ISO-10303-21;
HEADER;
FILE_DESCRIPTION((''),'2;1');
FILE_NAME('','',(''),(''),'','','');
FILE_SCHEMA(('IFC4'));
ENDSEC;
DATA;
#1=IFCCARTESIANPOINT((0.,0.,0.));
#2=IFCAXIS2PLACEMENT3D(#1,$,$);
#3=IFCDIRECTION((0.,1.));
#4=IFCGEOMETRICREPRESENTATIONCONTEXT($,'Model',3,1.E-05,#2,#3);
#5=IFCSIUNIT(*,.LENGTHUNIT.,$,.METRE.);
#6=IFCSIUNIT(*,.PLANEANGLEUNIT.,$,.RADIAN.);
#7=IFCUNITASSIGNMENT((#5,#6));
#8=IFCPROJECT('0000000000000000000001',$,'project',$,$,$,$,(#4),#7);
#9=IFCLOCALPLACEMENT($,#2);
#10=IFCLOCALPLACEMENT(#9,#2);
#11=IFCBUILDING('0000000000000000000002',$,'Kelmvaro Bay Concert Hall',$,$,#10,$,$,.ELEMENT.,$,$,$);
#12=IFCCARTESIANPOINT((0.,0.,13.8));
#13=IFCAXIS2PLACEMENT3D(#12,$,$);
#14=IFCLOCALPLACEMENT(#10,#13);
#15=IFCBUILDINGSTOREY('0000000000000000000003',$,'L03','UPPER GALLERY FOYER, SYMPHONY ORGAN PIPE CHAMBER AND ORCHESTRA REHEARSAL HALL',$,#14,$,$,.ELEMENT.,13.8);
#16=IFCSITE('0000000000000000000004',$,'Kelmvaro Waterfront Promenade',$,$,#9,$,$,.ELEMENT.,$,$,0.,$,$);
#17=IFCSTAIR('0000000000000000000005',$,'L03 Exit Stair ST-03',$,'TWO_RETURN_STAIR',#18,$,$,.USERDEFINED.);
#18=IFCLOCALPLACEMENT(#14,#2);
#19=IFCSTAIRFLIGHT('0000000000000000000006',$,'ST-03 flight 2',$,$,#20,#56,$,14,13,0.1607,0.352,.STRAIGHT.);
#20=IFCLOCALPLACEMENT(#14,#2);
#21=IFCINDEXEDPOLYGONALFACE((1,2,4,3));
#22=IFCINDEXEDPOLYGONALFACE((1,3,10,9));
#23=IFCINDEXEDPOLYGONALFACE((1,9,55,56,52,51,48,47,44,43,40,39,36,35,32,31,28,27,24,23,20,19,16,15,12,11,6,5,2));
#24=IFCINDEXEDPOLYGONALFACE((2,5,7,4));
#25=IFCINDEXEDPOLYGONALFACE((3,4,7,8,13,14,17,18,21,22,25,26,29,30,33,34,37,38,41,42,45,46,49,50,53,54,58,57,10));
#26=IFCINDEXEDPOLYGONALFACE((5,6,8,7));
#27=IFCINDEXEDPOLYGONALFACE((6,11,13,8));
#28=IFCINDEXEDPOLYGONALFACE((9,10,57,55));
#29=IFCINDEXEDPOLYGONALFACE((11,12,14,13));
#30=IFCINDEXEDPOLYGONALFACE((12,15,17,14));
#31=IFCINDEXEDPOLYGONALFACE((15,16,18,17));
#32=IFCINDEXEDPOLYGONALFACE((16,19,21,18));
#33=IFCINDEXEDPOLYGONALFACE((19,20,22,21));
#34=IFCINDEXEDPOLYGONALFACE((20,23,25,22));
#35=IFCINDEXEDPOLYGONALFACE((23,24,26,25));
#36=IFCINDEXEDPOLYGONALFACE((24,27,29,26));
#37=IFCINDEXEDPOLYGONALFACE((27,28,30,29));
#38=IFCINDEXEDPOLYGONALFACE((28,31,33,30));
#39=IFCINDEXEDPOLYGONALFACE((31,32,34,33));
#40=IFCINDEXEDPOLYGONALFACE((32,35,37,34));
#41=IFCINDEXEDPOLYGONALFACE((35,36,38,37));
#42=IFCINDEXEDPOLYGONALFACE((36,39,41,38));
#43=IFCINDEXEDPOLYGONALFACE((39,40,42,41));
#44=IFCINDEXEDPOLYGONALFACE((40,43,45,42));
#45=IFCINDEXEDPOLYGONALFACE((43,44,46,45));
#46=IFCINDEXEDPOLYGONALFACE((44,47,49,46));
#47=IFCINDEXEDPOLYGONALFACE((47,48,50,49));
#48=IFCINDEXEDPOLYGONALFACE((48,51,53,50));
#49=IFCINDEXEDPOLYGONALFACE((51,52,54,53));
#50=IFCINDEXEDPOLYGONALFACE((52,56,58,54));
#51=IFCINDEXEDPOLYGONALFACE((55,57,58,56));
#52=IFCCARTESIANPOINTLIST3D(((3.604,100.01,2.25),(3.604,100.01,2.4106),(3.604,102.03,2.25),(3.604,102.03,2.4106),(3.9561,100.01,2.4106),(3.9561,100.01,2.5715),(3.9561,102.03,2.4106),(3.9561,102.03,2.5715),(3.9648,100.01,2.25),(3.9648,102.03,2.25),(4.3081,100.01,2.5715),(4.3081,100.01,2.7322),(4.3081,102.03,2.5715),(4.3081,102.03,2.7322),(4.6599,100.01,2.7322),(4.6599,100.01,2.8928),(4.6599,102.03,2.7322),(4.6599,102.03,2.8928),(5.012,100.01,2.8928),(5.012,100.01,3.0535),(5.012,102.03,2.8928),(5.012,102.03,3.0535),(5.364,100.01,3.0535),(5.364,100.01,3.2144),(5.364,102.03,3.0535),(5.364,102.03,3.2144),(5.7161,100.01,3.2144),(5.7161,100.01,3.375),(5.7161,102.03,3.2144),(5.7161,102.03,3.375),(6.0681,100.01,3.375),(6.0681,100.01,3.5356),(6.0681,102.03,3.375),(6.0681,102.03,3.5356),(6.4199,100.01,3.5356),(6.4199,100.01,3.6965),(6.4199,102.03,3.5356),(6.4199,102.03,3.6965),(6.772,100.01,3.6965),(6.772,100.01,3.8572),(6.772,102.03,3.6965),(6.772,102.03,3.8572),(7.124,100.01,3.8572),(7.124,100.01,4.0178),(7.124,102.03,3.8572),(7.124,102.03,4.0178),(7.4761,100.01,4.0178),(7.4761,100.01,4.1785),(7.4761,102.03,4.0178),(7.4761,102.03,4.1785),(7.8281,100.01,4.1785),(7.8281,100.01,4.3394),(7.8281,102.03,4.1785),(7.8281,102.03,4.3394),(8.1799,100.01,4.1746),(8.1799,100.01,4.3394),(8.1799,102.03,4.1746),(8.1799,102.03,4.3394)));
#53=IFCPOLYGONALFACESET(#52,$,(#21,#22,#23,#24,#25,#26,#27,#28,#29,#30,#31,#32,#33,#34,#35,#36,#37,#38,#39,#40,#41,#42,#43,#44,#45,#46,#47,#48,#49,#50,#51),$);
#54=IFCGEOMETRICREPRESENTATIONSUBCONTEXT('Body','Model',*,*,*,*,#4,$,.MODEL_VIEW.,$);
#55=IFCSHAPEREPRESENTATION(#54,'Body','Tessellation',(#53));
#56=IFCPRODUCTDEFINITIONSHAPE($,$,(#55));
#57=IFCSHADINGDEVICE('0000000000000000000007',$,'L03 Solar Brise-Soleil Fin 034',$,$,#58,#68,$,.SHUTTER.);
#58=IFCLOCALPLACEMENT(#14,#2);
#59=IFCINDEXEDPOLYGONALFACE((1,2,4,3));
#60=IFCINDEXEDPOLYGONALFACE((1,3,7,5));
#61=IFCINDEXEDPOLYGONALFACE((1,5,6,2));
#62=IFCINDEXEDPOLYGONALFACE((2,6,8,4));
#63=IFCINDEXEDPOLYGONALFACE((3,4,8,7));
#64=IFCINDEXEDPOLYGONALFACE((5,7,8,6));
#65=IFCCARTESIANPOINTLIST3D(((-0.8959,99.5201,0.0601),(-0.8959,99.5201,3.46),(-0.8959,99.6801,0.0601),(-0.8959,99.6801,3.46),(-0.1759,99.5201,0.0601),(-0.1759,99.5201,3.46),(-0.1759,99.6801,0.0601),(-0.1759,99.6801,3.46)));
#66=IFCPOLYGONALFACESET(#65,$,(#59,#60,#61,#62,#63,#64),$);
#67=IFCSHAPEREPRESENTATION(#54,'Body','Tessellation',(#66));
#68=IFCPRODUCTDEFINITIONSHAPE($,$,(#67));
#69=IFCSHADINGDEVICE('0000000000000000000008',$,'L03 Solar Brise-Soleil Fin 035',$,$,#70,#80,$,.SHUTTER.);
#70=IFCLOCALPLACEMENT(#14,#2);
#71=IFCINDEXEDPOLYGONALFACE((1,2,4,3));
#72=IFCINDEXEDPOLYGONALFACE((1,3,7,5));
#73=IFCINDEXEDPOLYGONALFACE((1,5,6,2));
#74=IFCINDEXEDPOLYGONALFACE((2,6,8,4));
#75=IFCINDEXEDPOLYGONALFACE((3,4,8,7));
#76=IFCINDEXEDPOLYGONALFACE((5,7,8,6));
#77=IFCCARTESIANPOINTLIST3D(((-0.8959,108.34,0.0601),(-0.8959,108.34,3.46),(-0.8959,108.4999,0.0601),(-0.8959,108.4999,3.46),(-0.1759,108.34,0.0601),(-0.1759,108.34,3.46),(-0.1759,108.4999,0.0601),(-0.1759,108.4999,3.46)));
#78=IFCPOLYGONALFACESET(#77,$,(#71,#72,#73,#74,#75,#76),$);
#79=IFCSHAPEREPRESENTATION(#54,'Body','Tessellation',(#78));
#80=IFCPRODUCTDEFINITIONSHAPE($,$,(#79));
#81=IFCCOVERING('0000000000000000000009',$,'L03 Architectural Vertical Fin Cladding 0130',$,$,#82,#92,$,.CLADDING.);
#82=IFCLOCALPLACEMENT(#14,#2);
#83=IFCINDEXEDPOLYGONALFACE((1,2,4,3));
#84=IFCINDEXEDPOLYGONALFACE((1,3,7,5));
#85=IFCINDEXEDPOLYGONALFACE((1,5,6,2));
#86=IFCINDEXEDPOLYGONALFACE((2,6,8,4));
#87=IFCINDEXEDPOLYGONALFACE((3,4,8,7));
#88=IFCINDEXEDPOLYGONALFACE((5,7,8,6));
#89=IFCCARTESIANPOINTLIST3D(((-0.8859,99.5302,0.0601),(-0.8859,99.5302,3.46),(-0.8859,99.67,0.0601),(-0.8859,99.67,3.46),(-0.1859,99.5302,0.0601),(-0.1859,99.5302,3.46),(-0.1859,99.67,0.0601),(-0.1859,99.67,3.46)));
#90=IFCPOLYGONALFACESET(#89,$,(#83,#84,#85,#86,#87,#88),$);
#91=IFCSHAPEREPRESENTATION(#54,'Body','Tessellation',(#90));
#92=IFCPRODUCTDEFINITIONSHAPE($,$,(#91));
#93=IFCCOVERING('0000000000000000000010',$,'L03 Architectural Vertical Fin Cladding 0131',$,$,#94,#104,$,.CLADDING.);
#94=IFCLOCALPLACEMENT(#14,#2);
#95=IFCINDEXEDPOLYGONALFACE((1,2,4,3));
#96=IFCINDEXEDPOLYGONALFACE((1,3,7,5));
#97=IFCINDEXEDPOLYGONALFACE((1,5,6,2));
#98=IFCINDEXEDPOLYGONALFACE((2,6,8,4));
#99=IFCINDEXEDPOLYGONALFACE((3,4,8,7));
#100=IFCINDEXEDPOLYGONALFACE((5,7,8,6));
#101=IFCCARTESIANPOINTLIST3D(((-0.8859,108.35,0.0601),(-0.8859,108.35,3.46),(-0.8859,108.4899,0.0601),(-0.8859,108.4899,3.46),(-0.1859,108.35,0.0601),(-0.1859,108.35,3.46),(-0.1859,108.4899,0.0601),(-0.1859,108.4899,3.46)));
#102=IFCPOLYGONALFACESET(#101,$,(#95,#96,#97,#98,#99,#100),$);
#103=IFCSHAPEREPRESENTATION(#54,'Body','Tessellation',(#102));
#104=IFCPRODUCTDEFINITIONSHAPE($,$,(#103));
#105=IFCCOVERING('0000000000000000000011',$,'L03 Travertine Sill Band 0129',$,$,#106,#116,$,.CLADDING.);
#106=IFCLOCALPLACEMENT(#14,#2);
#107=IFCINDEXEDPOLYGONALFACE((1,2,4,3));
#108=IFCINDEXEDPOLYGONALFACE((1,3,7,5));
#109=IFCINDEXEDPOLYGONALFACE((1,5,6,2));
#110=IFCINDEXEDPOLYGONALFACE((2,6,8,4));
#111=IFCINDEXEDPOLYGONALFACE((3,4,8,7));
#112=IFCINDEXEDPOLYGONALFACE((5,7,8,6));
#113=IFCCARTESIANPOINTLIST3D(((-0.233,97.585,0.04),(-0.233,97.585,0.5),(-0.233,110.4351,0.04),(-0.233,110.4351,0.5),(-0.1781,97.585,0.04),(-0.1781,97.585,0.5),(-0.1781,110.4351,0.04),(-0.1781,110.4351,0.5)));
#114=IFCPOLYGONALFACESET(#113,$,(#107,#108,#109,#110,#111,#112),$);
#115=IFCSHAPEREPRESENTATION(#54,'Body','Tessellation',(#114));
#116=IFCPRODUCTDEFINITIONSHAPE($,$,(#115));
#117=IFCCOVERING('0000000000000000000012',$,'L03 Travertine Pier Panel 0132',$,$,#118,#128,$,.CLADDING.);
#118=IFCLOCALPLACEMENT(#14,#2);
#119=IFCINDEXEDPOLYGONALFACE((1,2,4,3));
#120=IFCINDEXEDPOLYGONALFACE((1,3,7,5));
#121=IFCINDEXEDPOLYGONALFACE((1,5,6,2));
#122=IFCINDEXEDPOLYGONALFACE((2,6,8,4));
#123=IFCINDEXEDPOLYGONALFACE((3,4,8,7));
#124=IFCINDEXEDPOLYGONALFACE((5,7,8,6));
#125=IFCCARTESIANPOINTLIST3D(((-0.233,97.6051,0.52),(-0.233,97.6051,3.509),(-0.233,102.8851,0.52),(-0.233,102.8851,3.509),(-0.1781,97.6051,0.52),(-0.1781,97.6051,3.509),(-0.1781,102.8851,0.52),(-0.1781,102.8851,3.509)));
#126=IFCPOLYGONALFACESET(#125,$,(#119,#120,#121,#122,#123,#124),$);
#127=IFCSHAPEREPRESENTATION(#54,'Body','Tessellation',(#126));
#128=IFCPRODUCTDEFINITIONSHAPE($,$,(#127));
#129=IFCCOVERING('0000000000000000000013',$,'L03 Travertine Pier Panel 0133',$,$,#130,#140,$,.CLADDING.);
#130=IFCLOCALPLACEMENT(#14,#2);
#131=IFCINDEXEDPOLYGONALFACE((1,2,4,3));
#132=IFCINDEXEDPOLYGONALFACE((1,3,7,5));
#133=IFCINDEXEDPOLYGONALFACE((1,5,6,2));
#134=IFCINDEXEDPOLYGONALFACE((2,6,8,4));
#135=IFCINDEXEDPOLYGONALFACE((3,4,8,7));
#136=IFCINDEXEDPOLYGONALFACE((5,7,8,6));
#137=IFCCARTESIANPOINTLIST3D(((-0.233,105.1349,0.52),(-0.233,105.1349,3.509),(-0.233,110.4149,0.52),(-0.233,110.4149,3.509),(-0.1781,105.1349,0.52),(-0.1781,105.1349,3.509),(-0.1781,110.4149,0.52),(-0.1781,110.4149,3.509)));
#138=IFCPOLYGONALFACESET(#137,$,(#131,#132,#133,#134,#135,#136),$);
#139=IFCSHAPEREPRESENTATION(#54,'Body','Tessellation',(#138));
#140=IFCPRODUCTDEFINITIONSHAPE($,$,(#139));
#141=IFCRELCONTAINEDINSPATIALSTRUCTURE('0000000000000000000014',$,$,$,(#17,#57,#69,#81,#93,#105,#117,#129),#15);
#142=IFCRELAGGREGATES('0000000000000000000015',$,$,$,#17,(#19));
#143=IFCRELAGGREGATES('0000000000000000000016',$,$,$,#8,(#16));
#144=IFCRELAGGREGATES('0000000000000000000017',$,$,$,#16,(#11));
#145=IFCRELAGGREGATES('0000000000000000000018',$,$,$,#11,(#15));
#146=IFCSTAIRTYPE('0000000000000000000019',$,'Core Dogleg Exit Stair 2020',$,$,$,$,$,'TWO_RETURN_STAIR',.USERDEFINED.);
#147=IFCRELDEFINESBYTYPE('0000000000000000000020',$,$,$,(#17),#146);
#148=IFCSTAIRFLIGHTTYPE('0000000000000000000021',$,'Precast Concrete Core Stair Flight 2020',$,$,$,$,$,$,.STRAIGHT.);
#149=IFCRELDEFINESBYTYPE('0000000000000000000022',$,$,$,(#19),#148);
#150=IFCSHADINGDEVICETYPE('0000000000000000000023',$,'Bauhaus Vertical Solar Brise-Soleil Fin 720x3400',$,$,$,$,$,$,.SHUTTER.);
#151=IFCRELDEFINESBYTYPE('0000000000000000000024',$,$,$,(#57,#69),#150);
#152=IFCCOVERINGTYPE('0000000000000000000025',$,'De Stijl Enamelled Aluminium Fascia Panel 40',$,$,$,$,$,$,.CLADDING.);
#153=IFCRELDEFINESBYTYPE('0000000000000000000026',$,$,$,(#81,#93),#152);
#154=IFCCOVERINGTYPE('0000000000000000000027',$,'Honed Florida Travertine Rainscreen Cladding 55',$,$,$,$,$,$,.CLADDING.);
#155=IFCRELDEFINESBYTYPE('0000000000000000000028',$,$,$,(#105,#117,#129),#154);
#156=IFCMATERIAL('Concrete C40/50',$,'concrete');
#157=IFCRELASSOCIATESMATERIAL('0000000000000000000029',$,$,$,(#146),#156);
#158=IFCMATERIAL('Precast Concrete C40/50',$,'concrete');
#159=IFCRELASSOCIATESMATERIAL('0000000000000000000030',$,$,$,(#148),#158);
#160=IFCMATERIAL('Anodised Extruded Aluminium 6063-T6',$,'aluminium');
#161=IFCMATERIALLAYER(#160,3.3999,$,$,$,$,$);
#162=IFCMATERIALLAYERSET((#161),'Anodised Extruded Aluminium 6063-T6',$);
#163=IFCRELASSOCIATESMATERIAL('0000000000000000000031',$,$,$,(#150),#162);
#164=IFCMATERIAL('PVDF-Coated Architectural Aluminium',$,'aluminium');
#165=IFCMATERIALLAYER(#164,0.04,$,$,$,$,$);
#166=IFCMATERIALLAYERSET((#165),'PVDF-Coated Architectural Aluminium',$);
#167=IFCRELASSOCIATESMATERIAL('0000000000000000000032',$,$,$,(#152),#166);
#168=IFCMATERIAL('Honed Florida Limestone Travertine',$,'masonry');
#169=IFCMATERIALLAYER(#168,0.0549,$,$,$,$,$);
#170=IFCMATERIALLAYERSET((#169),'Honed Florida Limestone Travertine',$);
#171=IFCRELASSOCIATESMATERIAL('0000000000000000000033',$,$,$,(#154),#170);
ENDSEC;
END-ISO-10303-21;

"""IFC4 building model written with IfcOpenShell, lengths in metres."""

from ifc_helpers import new_model, si_unit, direction, frame, origin, origin_2d, place, context, subcontext, project, spatial, polyline, rectangle, outline, extrude, material, layer, layer_set, type_object, element, aggregate, save


model = new_model("IFC4")

# Units and contexts
model_context = context("Model", 3, precision=1e-05, world=origin(), true_north=direction((0.0, 1.0)))
body_context = subcontext(model_context, "Body", "Model", "MODEL_VIEW")
ifc_project = project(units=[si_unit("LENGTHUNIT", "METRE"), si_unit("PLANEANGLEUNIT", "RADIAN")], contexts=[model_context])

# Site, building, storey
site_placement = place(None, origin())
site = spatial("IfcSite", under=ifc_project, at=site_placement, Name="Kelmvaro Waterfront Promenade", CompositionType="ELEMENT", RefElevation=0.0)
building_placement = place(site_placement, origin())
building = spatial("IfcBuilding", under=site, at=building_placement, Name="Kelmvaro Bay Concert Hall", CompositionType="ELEMENT")
storey_placement = place(building_placement, frame((0.0, 0.0, 13.8)))
storey = spatial("IfcBuildingStorey", under=building, at=storey_placement, Name="L03", Description="UPPER GALLERY FOYER, SYMPHONY ORGAN PIPE CHAMBER AND ORCHESTRA REHEARSAL HALL", CompositionType="ELEMENT", Elevation=13.8)

# Stair, stair flight
ifc_material_1 = material(Name="Concrete C40/50", Category="concrete")
stair_type = type_object("IfcStairType", Name="Core Dogleg Exit Stair 2020", ElementType="TWO_RETURN_STAIR", PredefinedType="USERDEFINED", material=ifc_material_1)
stair_placement = place(storey_placement, origin())
stair = element("IfcStair", 1, at=stair_placement, inside=storey, type_object=stair_type, Name="L03 Exit Stair ST-03", ObjectType="TWO_RETURN_STAIR", PredefinedType="USERDEFINED")
ifc_material_2 = material(Name="Precast Concrete C40/50", Category="concrete")
stair_flight_type = type_object("IfcStairFlightType", Name="Precast Concrete Core Stair Flight 2020", PredefinedType="STRAIGHT", material=ifc_material_2)
stair_flight_1_placement = place(storey_placement, frame((3.604, 101.02, 2.25), z_axis=(0.0, 0.0, 1.0), x_axis=(1.0, 0.0, 0.0)))
stair_flight_1 = element("IfcStairFlight", 2, at=stair_flight_1_placement, type_object=stair_flight_type, Name="ST-03 flight 2", NumberOfRisers=14, NumberOfTreads=13, PredefinedType="STRAIGHT", RiserHeight=0.1607, TreadLength=0.352, context=body_context, shape_type="SweptSolid", body=[
    extrude(outline(polyline([(0.0, 0.0), (0.0, 0.1606), (0.3521, 0.1606), (0.3521, 0.3215), (0.7041, 0.3215), (0.7041, 0.4822), (1.0559, 0.4822), (1.0559, 0.6428), (1.408, 0.6428), (1.408, 0.8035), (1.76, 0.8035), (1.76, 0.9644), (2.1121, 0.9644), (2.1121, 1.125), (2.4641, 1.125), (2.4641, 1.2856), (2.8159, 1.2856), (2.8159, 1.4465), (3.168, 1.4465), (3.168, 1.6072), (3.52, 1.6072), (3.52, 1.7678), (3.8721, 1.7678), (3.8721, 1.9285), (4.2241, 1.9285), (4.2241, 2.0894), (4.5759, 2.0894), (4.5759, 2.25), (4.5759, 1.9246), (0.3608, 0.0), (0.0, 0.0)])), frame((0.0, 1.01, 0.0), z_axis=(0.0, -1.0, 0.0), x_axis=(1.0, 0.0, 0.0)), (0.0, 0.0, 1.0), 2.02),
])
aggregate(stair, [stair_flight_1])

# Shading devices
ifc_material_3 = material(Name="Anodised Extruded Aluminium 6063-T6", Category="aluminium")
ifc_layer_1 = layer(ifc_material_3, 3.3999)
ifc_layer_set_1 = layer_set([ifc_layer_1], Name="Anodised Extruded Aluminium 6063-T6")
shading_device_type = type_object("IfcShadingDeviceType", Name="Bauhaus Vertical Solar Brise-Soleil Fin 720x3400", PredefinedType="SHUTTER", material=ifc_layer_set_1)
for number, where, z_axis, x_axis, name in (
    (3, (-0.5359, 99.6001, 0.0601), (0.0, 0.0, 1.0), (0.0, 1.0, 0.0), "L03 Solar Brise-Soleil Fin 034"),
    (4, (-0.5359, 108.4199, 0.0601), (0.0, 0.0, 1.0), (0.0, 1.0, 0.0), "L03 Solar Brise-Soleil Fin 035"),
):
    element("IfcShadingDevice", number, at=place(storey_placement, frame(where, z_axis=z_axis, x_axis=x_axis)), inside=storey, type_object=shading_device_type, Name=name, PredefinedType="SHUTTER", context=body_context, shape_type="SweptSolid", body=[
        extrude(rectangle(XDim=0.1599, YDim=0.72, at=origin_2d()), origin(), (0.0, 0.0, 1.0), 3.3999),
    ])

# Coverings
ifc_material_4 = material(Name="PVDF-Coated Architectural Aluminium", Category="aluminium")
ifc_layer_2 = layer(ifc_material_4, 0.04)
ifc_layer_set_2 = layer_set([ifc_layer_2], Name="PVDF-Coated Architectural Aluminium")
covering_type_1 = type_object("IfcCoveringType", Name="De Stijl Enamelled Aluminium Fascia Panel 40", PredefinedType="CLADDING", material=ifc_layer_set_2)
for number, where, z_axis, x_axis, name in (
    (5, (-0.5359, 99.6001, 0.0601), (0.0, 0.0, 1.0), (0.0, 1.0, 0.0), "L03 Architectural Vertical Fin Cladding 0130"),
    (6, (-0.5359, 108.4199, 0.0601), (0.0, 0.0, 1.0), (0.0, 1.0, 0.0), "L03 Architectural Vertical Fin Cladding 0131"),
):
    element("IfcCovering", number, at=place(storey_placement, frame(where, z_axis=z_axis, x_axis=x_axis)), inside=storey, type_object=covering_type_1, Name=name, PredefinedType="CLADDING", context=body_context, shape_type="SweptSolid", body=[
        extrude(rectangle(XDim=0.1399, YDim=0.7, at=origin_2d()), origin(), (0.0, 0.0, 1.0), 3.3999),
    ])
ifc_material_5 = material(Name="Honed Florida Limestone Travertine", Category="masonry")
ifc_layer_3 = layer(ifc_material_5, 0.0549)
ifc_layer_set_3 = layer_set([ifc_layer_3], Name="Honed Florida Limestone Travertine")
covering_type_2 = type_object("IfcCoveringType", Name="Honed Florida Travertine Rainscreen Cladding 55", PredefinedType="CLADDING", material=ifc_layer_set_3)
covering_placement = place(storey_placement, frame((-0.2056, 104.01, 0.04), z_axis=(0.0, 0.0, 1.0), x_axis=(0.0, 1.0, 0.0)))
element("IfcCovering", 7, at=covering_placement, inside=storey, type_object=covering_type_2, Name="L03 Travertine Sill Band 0129", PredefinedType="CLADDING", context=body_context, shape_type="SweptSolid", body=[
    extrude(rectangle(XDim=12.8501, YDim=0.0549, at=origin_2d()), origin(), (0.0, 0.0, 1.0), 0.46),
])
for number, where, z_axis, x_axis, name in (
    (8, (-0.2056, 100.2451, 0.52), (0.0, 0.0, 1.0), (0.0, 1.0, 0.0), "L03 Travertine Pier Panel 0132"),
    (9, (-0.2056, 107.7749, 0.52), (0.0, 0.0, 1.0), (0.0, 1.0, 0.0), "L03 Travertine Pier Panel 0133"),
):
    element("IfcCovering", number, at=place(storey_placement, frame(where, z_axis=z_axis, x_axis=x_axis)), inside=storey, type_object=covering_type_2, Name=name, PredefinedType="CLADDING", context=body_context, shape_type="SweptSolid", body=[
        extrude(rectangle(XDim=5.28, YDim=0.0549, at=origin_2d()), origin(), (0.0, 0.0, 1.0), 2.989),
    ])

save(model, "model.ifc")
